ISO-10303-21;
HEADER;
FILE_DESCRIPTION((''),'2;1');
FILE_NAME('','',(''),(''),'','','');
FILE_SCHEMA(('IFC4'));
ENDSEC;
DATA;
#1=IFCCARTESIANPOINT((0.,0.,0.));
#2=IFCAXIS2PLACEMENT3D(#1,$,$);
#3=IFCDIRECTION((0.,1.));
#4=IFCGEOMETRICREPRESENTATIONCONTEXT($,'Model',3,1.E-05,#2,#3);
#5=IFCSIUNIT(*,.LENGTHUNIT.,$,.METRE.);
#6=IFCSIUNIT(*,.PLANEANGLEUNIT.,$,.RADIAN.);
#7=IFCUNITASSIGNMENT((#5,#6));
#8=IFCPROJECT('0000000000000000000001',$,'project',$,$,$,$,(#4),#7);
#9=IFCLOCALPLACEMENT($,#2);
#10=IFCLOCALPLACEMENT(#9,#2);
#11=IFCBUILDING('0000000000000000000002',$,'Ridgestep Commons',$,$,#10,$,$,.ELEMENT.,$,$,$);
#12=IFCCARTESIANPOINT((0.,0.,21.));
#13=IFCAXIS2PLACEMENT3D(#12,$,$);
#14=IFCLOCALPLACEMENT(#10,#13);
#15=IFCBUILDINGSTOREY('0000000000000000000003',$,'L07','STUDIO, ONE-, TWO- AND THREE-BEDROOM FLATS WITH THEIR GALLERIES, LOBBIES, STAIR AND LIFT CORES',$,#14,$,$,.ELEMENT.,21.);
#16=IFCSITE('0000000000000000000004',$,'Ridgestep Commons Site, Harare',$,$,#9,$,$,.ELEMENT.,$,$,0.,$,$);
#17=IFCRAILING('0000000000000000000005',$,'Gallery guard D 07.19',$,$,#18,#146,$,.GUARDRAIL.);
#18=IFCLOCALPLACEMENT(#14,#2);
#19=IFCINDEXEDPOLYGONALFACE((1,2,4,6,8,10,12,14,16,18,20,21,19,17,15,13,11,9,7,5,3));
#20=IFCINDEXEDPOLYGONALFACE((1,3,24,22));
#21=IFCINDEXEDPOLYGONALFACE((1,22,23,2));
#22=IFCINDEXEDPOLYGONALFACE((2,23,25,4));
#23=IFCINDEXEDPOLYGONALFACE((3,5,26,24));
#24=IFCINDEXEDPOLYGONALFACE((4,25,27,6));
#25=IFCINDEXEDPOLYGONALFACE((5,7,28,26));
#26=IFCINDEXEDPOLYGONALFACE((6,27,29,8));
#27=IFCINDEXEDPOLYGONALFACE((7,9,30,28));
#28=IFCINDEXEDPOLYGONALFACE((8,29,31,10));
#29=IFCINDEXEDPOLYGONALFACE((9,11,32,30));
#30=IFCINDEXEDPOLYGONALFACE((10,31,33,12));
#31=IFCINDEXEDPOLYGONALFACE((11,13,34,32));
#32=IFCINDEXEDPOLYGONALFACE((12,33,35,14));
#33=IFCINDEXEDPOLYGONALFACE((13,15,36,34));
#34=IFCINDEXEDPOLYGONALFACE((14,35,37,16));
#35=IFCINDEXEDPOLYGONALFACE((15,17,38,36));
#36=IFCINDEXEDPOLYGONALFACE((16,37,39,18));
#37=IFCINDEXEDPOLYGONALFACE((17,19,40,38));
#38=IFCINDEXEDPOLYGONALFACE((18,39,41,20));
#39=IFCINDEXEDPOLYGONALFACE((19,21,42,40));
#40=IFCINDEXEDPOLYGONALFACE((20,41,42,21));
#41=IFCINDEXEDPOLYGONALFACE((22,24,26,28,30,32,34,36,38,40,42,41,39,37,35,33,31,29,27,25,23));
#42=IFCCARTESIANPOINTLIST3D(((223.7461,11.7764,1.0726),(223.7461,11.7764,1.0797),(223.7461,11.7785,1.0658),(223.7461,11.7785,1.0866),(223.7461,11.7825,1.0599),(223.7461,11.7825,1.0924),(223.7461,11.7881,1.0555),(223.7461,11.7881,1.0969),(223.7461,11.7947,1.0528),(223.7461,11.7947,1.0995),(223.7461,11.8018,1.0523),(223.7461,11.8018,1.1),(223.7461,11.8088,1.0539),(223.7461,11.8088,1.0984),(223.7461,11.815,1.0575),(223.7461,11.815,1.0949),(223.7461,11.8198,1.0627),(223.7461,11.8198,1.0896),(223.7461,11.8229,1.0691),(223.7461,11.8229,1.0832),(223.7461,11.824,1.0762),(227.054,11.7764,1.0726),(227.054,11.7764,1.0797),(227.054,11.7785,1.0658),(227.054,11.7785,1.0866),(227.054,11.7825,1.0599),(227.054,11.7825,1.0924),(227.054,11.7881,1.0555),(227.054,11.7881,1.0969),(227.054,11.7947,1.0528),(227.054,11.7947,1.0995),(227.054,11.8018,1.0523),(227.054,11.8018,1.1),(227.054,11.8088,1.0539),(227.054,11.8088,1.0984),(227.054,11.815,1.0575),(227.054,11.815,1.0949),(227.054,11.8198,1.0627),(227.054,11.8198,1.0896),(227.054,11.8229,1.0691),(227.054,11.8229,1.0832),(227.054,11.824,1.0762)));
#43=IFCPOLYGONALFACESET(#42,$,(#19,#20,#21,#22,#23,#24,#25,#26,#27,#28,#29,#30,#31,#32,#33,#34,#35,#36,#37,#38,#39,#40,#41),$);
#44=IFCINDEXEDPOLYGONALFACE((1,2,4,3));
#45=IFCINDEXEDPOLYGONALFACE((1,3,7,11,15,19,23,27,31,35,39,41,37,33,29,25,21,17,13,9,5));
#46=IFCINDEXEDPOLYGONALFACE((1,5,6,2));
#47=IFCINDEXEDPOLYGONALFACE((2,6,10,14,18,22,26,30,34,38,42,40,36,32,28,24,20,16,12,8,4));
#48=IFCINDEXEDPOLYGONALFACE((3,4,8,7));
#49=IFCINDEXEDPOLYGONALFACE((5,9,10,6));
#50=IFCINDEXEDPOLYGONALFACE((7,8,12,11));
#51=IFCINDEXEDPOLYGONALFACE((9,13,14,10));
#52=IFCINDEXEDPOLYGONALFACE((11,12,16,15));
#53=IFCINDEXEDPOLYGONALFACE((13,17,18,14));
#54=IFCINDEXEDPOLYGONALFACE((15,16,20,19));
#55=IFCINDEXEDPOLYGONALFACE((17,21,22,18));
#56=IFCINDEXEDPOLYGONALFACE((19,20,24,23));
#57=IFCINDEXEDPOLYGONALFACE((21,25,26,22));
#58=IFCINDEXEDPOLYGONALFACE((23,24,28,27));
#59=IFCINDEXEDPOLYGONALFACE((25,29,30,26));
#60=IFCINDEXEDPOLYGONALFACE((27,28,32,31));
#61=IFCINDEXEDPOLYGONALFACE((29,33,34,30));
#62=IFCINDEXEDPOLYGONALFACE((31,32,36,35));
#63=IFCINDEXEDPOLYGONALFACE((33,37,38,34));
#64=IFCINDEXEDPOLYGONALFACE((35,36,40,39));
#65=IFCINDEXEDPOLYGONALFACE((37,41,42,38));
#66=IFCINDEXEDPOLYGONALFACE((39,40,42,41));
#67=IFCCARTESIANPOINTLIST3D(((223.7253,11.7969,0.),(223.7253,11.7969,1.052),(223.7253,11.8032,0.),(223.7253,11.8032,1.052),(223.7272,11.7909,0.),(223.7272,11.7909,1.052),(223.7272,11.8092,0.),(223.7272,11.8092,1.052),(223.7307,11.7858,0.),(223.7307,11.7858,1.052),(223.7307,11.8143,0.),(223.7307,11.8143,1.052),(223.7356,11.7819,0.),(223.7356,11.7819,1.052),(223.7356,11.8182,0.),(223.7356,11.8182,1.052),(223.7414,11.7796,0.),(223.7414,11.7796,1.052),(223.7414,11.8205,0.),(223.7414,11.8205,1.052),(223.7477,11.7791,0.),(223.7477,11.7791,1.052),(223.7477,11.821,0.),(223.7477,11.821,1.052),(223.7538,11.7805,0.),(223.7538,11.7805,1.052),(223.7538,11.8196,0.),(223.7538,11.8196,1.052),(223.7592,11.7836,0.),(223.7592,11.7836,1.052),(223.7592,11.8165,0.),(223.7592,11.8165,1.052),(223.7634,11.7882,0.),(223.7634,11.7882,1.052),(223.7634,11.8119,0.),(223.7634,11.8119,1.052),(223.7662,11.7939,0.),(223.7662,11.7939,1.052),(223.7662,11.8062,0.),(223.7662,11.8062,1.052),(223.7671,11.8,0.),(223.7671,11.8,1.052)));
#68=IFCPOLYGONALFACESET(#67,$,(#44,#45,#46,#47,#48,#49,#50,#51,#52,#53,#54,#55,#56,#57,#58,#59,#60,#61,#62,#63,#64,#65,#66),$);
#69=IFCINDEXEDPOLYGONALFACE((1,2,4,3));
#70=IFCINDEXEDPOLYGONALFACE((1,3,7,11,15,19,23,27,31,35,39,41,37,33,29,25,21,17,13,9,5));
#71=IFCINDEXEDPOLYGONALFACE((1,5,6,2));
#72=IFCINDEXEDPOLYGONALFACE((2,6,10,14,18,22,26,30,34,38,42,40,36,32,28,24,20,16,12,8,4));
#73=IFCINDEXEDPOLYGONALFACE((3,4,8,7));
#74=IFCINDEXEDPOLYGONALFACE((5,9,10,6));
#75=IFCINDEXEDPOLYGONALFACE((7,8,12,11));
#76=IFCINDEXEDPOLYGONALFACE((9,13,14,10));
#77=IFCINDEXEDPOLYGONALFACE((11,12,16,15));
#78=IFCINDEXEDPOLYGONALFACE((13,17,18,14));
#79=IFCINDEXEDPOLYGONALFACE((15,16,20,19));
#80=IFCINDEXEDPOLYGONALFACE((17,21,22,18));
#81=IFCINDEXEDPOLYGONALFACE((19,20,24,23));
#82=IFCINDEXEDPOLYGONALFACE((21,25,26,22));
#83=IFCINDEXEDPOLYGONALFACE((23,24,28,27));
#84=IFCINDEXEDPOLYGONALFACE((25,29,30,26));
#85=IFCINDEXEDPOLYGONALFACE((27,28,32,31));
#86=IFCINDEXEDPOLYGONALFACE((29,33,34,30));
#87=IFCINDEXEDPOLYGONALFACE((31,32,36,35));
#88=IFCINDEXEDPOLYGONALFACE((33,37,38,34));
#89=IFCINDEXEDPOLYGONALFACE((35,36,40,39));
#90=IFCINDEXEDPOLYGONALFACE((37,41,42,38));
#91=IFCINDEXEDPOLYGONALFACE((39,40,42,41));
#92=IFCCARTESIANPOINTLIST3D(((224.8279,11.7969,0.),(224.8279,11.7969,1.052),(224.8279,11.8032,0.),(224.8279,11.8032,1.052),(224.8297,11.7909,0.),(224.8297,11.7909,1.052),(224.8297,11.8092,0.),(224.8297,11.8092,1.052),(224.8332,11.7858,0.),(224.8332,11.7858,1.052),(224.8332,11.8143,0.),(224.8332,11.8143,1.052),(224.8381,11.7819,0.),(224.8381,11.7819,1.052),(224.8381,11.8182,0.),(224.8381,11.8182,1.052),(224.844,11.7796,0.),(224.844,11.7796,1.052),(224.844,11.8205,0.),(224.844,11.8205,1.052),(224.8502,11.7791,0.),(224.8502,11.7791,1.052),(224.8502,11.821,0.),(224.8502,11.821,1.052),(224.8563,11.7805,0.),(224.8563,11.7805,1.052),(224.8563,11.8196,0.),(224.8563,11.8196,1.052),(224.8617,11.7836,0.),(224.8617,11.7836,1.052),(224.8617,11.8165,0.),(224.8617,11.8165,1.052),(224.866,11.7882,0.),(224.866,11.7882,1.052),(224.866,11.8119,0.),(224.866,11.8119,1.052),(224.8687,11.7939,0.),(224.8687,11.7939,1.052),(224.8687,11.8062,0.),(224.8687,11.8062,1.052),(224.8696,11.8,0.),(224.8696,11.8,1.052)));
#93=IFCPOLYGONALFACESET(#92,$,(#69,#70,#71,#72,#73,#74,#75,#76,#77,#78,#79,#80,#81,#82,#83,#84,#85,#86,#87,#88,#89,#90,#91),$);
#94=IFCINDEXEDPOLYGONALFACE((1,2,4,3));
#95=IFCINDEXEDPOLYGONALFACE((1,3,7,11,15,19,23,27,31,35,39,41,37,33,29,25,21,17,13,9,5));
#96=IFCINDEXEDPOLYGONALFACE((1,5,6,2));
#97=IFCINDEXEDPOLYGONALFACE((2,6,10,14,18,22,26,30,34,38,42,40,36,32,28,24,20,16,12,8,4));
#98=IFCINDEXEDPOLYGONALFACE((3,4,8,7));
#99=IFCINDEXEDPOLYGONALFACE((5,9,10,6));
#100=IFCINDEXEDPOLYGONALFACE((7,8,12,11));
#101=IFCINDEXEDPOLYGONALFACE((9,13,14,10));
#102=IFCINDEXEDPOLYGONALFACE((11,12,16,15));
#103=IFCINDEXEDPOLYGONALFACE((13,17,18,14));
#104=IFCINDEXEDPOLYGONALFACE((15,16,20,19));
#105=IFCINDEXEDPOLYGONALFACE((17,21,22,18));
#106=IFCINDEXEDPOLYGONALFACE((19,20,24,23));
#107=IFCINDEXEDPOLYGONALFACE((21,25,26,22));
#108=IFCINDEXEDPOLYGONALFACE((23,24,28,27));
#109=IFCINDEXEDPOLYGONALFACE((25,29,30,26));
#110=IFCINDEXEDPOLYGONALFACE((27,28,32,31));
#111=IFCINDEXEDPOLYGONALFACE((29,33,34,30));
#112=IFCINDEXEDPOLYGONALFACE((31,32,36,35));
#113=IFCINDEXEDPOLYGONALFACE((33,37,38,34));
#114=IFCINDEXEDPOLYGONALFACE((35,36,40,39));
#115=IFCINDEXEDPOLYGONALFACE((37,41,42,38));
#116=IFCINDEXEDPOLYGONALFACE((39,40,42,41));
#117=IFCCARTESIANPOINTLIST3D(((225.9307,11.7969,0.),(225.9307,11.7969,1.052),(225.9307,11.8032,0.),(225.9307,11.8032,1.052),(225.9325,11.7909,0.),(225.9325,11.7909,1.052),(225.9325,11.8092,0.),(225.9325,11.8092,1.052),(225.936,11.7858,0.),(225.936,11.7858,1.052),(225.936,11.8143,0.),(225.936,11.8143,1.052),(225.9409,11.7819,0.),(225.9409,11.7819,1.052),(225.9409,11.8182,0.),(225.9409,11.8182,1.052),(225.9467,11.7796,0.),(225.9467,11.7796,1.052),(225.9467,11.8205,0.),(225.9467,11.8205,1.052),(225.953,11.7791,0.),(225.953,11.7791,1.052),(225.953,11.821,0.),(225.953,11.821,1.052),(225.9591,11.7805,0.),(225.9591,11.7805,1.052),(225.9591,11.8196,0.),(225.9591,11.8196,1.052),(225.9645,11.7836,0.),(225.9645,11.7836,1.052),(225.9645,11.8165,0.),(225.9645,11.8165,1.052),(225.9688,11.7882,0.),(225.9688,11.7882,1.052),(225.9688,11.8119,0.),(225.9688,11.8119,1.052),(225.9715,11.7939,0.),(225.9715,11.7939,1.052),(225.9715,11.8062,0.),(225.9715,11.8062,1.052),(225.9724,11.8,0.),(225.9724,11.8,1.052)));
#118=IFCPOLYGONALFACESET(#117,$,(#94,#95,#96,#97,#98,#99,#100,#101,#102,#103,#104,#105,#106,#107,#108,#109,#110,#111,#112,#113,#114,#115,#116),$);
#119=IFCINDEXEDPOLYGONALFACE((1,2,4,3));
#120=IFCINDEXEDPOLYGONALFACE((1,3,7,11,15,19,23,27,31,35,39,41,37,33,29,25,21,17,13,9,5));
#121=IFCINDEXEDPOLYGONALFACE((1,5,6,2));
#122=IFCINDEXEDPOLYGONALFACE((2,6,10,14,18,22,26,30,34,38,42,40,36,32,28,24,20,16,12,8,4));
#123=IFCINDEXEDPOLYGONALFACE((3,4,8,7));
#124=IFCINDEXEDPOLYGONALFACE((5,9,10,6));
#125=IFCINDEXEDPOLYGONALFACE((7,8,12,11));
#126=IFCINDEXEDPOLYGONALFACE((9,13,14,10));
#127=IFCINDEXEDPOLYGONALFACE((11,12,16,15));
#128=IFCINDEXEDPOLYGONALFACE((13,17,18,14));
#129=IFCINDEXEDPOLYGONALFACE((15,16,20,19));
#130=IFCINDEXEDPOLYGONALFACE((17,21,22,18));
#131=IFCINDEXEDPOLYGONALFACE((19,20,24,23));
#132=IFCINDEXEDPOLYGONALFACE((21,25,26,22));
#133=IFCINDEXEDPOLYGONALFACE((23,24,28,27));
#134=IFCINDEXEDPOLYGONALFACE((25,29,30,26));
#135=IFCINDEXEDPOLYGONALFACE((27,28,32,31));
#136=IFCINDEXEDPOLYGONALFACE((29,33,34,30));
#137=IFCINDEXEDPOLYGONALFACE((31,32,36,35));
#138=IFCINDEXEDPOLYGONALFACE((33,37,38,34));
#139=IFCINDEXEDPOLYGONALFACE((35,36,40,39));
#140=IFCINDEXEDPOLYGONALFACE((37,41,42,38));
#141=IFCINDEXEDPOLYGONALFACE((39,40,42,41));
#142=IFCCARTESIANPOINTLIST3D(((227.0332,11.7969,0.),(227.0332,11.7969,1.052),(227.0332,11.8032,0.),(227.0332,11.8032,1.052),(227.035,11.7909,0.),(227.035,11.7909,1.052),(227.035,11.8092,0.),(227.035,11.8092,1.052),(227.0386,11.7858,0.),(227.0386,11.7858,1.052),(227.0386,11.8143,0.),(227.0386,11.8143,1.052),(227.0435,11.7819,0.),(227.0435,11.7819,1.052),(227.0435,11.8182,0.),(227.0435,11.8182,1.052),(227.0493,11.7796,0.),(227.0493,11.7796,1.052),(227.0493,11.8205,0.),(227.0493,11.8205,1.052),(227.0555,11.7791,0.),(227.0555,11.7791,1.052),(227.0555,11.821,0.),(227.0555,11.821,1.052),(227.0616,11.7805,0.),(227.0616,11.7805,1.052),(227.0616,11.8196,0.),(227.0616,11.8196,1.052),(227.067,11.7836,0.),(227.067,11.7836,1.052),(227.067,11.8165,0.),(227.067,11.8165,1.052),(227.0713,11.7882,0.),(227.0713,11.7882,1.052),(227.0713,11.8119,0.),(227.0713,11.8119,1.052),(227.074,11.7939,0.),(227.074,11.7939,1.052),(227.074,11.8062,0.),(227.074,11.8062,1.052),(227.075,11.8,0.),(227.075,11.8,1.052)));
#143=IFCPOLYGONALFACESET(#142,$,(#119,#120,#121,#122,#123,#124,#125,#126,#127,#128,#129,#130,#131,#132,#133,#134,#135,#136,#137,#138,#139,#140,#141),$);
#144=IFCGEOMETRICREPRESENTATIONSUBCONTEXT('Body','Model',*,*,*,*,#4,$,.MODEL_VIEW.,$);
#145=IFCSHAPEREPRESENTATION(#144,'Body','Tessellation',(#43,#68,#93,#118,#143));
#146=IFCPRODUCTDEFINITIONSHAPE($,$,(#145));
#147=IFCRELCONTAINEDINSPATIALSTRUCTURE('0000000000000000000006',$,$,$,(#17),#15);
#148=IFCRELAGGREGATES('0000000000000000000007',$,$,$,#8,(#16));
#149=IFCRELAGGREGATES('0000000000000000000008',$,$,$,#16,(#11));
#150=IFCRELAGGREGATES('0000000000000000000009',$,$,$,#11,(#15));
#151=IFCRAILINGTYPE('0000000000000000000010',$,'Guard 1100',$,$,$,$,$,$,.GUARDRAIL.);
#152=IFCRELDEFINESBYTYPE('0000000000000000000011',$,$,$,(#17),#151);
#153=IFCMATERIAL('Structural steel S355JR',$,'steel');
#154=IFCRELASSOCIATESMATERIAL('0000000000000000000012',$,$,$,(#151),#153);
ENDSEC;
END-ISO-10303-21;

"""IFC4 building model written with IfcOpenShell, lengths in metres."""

from ifc_helpers import new_model, si_unit, direction, frame, origin, origin_2d, place, context, subcontext, project, spatial, circle, extrude, material, type_object, element, save


model = new_model("IFC4")

# Units and contexts
model_context = context("Model", 3, precision=1e-05, world=origin(), true_north=direction((0.0, 1.0)))
body_context = subcontext(model_context, "Body", "Model", "MODEL_VIEW")
ifc_project = project(units=[si_unit("LENGTHUNIT", "METRE"), si_unit("PLANEANGLEUNIT", "RADIAN")], contexts=[model_context])

# Site, building, storey
site_placement = place(None, origin())
site = spatial("IfcSite", under=ifc_project, at=site_placement, Name="Ridgestep Commons Site, Harare", CompositionType="ELEMENT", RefElevation=0.0)
building_placement = place(site_placement, origin())
building = spatial("IfcBuilding", under=site, at=building_placement, Name="Ridgestep Commons", CompositionType="ELEMENT")
storey_placement = place(building_placement, frame((0.0, 0.0, 21.0)))
storey = spatial("IfcBuildingStorey", under=building, at=storey_placement, Name="L07", Description="STUDIO, ONE-, TWO- AND THREE-BEDROOM FLATS WITH THEIR GALLERIES, LOBBIES, STAIR AND LIFT CORES", CompositionType="ELEMENT", Elevation=21.0)

# Railing
ifc_material_1 = material(Name="Structural steel S355JR", Category="steel")
railing_type = type_object("IfcRailingType", Name="Guard 1100", PredefinedType="GUARDRAIL", material=ifc_material_1)
railing_1_placement = place(storey_placement, frame((223.7461, 11.8, 0.0)))
element("IfcRailing", 1, at=railing_1_placement, inside=storey, type_object=railing_type, Name="Gallery guard D 07.19", PredefinedType="GUARDRAIL", context=body_context, shape_type="SweptSolid", body=[
    extrude(circle(Radius=0.0239, at=origin_2d()), frame((0.0, 0.0, 1.0762), z_axis=(1.0, 0.0, 0.0), x_axis=(0.0, 1.0, 0.0)), (0.0, 0.0, 1.0), 3.3079),
    extrude(circle(Radius=0.021, at=origin_2d()), origin(), (0.0, 0.0, 1.0), 1.052),
    extrude(circle(Radius=0.021, at=origin_2d()), frame((1.1025, 0.0, 0.0)), (0.0, 0.0, 1.0), 1.052),
    extrude(circle(Radius=0.021, at=origin_2d()), frame((2.2053, 0.0, 0.0)), (0.0, 0.0, 1.0), 1.052),
    extrude(circle(Radius=0.021, at=origin_2d()), frame((3.3079, 0.0, 0.0)), (0.0, 0.0, 1.0), 1.052),
])

save(model, "model.ifc")
